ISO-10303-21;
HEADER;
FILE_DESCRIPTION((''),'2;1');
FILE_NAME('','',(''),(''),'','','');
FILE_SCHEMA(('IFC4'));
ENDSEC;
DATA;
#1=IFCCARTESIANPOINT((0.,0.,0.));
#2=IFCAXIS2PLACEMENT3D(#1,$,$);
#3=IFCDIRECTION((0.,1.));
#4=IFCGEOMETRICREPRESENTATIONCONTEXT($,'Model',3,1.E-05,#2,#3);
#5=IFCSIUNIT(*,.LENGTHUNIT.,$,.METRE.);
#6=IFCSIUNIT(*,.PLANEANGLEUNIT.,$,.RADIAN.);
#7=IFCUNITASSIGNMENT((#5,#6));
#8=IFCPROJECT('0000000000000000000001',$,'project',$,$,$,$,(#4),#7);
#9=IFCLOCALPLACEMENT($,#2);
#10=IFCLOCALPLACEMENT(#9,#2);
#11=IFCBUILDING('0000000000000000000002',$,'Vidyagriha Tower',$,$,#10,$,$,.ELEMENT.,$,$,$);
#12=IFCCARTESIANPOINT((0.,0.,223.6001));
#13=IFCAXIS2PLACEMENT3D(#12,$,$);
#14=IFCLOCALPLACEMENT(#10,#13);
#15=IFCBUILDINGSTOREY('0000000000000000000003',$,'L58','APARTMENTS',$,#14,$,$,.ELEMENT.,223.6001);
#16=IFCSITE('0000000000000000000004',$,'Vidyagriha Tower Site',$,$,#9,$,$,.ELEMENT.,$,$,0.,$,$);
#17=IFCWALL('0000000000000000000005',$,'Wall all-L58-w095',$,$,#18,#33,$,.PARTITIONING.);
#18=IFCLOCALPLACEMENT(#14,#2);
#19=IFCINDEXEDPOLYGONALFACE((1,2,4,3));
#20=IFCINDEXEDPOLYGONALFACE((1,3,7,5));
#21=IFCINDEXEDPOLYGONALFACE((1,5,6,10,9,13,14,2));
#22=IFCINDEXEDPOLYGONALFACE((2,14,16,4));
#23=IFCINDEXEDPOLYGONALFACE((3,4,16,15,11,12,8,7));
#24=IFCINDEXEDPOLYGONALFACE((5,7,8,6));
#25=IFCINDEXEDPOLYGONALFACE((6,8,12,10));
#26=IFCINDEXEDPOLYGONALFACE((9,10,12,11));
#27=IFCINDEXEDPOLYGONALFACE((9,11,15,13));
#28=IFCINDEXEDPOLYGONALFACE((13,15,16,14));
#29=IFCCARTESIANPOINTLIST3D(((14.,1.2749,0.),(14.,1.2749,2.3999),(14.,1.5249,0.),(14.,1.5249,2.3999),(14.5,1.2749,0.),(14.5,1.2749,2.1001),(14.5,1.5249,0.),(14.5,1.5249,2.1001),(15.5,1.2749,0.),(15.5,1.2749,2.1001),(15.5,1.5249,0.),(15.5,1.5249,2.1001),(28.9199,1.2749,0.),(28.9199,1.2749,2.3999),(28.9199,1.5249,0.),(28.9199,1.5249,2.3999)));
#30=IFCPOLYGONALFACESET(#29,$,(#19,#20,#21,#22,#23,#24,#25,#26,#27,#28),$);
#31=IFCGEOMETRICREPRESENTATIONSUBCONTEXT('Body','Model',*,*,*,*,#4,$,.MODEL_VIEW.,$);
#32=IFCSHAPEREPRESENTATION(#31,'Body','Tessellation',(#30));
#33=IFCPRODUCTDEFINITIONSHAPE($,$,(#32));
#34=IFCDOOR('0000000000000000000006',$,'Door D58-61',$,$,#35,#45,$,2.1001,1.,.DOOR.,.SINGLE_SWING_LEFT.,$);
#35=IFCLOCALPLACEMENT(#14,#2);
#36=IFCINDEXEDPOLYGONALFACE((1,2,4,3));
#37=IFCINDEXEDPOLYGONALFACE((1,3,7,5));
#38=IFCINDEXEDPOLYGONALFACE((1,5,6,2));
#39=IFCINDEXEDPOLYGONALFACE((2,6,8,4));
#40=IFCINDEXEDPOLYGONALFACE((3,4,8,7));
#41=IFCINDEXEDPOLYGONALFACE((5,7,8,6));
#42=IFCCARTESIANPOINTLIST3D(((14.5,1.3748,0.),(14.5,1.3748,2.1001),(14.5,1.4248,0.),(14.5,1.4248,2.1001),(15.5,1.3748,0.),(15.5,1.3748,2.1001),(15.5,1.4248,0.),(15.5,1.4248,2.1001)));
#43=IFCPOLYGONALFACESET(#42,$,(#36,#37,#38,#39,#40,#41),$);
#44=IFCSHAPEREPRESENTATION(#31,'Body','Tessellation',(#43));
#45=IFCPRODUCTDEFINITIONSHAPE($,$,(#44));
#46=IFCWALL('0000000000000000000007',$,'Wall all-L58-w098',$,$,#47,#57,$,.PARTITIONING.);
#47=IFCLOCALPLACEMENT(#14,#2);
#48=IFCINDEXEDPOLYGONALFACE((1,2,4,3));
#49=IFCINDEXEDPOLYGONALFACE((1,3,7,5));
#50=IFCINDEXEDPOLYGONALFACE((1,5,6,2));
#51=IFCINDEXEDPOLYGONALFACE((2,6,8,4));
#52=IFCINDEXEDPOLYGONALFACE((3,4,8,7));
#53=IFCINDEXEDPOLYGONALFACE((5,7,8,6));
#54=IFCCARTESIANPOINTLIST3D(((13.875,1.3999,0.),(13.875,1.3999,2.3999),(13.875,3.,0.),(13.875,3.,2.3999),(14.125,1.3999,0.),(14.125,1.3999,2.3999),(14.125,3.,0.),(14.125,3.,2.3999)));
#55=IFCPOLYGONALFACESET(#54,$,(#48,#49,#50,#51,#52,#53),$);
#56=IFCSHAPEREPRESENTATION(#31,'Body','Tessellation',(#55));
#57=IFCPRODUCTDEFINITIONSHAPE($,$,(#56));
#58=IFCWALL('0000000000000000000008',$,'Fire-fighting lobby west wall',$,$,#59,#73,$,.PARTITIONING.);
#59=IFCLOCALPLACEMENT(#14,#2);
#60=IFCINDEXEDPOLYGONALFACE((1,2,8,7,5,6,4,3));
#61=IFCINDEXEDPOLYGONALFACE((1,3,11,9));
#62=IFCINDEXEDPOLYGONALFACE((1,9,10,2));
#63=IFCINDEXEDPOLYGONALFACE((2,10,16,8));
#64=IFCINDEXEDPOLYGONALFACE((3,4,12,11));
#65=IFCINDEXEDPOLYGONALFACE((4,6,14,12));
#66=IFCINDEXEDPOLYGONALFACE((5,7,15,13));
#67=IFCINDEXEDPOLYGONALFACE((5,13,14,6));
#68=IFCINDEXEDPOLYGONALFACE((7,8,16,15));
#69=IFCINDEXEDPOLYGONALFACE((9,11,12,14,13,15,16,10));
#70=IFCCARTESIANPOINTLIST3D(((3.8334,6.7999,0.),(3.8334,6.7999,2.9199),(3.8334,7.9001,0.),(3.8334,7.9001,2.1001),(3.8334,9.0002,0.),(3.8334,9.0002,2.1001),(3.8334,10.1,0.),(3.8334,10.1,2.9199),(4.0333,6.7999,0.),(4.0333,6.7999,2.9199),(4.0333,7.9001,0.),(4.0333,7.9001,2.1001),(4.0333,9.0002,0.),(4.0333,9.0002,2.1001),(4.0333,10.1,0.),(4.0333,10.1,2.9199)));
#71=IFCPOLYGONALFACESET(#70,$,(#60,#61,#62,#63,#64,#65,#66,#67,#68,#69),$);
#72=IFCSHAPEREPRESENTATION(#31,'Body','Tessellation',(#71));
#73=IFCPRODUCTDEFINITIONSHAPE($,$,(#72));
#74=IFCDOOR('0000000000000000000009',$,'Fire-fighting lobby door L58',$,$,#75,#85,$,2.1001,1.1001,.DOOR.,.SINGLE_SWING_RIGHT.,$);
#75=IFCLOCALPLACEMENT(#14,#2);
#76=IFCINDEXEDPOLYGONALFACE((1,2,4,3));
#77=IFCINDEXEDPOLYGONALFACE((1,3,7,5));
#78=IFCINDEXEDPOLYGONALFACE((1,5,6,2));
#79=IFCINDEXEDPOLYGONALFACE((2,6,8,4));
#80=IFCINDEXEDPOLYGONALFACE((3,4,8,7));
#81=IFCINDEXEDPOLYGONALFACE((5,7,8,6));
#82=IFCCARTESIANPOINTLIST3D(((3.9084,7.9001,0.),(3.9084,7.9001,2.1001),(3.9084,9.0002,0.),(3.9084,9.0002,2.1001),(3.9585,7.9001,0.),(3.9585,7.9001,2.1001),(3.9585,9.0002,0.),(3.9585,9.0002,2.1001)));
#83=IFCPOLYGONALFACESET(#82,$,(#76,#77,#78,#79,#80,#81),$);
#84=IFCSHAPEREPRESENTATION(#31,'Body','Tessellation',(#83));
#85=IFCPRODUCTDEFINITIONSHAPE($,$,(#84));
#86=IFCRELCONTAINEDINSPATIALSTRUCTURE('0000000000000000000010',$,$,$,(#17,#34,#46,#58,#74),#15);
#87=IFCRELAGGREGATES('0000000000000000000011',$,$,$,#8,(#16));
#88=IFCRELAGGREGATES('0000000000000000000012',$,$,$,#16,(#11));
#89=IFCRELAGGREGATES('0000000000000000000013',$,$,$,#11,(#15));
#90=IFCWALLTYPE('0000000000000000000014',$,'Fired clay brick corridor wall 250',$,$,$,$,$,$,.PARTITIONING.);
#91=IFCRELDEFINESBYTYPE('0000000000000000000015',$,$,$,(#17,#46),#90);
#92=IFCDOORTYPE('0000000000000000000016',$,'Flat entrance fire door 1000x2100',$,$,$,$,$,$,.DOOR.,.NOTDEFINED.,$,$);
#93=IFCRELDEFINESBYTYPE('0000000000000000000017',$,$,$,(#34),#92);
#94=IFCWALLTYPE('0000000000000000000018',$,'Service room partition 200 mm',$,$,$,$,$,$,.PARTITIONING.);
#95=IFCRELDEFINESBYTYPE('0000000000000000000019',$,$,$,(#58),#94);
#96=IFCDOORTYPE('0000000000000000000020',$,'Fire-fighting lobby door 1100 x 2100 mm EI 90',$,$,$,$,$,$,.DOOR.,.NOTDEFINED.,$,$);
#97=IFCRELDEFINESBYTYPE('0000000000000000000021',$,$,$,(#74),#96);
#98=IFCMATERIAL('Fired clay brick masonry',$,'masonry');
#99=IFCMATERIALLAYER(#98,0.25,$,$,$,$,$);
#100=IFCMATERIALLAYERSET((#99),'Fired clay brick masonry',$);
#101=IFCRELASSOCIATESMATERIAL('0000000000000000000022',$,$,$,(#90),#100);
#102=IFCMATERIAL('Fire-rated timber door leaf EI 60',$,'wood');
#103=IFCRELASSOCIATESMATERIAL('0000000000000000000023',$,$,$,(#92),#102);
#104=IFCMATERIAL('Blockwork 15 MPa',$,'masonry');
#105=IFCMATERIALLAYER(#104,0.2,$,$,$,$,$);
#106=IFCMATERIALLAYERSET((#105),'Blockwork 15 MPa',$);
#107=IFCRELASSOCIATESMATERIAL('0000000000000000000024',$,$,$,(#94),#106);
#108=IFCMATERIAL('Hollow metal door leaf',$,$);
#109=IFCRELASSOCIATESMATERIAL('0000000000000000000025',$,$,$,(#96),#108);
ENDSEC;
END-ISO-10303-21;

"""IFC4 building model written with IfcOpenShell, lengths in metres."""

from ifc_helpers import new_model, si_unit, direction, frame, frame_2d, origin, place, context, subcontext, project, spatial, rectangle, extrude, material, layer, layer_set, type_object, element, fill, save


model = new_model("IFC4")

# Units and contexts
model_context = context("Model", 3, precision=1e-05, world=origin(), true_north=direction((0.0, 1.0)))
body_context = subcontext(model_context, "Body", "Model", "MODEL_VIEW")
ifc_project = project(units=[si_unit("LENGTHUNIT", "METRE"), si_unit("PLANEANGLEUNIT", "RADIAN")], contexts=[model_context])

# Site, building, storey
site_placement = place(None, origin())
site = spatial("IfcSite", under=ifc_project, at=site_placement, Name="Vidyagriha Tower Site", CompositionType="ELEMENT", RefElevation=0.0)
building_placement = place(site_placement, origin())
building = spatial("IfcBuilding", under=site, at=building_placement, Name="Vidyagriha Tower", CompositionType="ELEMENT")
storey_placement = place(building_placement, frame((0.0, 0.0, 223.6001)))
storey = spatial("IfcBuildingStorey", under=building, at=storey_placement, Name="L58", Description="APARTMENTS", CompositionType="ELEMENT", Elevation=223.6001)

# Wall, opening, door
ifc_material_1 = material(Name="Fired clay brick masonry", Category="masonry")
ifc_layer_1 = layer(ifc_material_1, 0.25)
ifc_layer_set_1 = layer_set([ifc_layer_1], Name="Fired clay brick masonry")
wall_type_1 = type_object("IfcWallType", Name="Fired clay brick corridor wall 250", PredefinedType="PARTITIONING", material=ifc_layer_set_1)
wall_1_placement = place(storey_placement, frame((14.0, 1.3999, 0.0)))
wall_1 = element("IfcWall", 1, at=wall_1_placement, inside=storey, type_object=wall_type_1, Name="Wall all-L58-w095", PredefinedType="PARTITIONING", context=body_context, shape_type="SweptSolid", body=[
    extrude(rectangle(XDim=14.9199, YDim=0.25, at=frame_2d((7.46, 0.0))), origin(), (0.0, 0.0, 1.0), 2.3999),
])
opening_1_placement = place(wall_1_placement, frame((0.5, 0.0, 0.0)))
opening_1 = element("IfcOpeningElement", 2, at=opening_1_placement, cuts=wall_1, PredefinedType="OPENING", context=body_context, shape_type="SweptSolid", body=[
    extrude(rectangle(XDim=1.0, YDim=2.1001, at=frame_2d((0.5, 1.05))), frame((0.0, 0.135, 0.0), z_axis=(0.0, -1.0, 0.0), x_axis=(1.0, 0.0, 0.0)), (0.0, 0.0, 1.0), 0.27),
])
ifc_material_2 = material(Name="Fire-rated timber door leaf EI 60", Category="wood")
door_type_1 = type_object("IfcDoorType", Name="Flat entrance fire door 1000x2100", OperationType="NOTDEFINED", PredefinedType="DOOR", material=ifc_material_2)
door_1_placement = place(opening_1_placement, origin())
door_1 = element("IfcDoor", 3, at=door_1_placement, inside=storey, type_object=door_type_1, Name="Door D58-61", OperationType="SINGLE_SWING_LEFT", OverallHeight=2.1001, OverallWidth=1.0, PredefinedType="DOOR", context=body_context, shape_type="SweptSolid", body=[
    extrude(rectangle(XDim=1.0, YDim=2.1001, at=frame_2d((0.5, 1.05))), frame((0.0, 0.0249, 0.0), z_axis=(0.0, -1.0, 0.0), x_axis=(1.0, 0.0, 0.0)), (0.0, 0.0, 1.0), 0.05),
])
fill(opening_1, door_1)

# Wall
wall_2_placement = place(storey_placement, frame((14.0, 1.3999, 0.0), z_axis=(0.0, 0.0, 1.0), x_axis=(0.0, 1.0, 0.0)))
element("IfcWall", 4, at=wall_2_placement, inside=storey, type_object=wall_type_1, Name="Wall all-L58-w098", PredefinedType="PARTITIONING", context=body_context, shape_type="SweptSolid", body=[
    extrude(rectangle(XDim=1.6001, YDim=0.25, at=frame_2d((0.8, 0.0))), origin(), (0.0, 0.0, 1.0), 2.3999),
])

# Wall, opening, door
ifc_material_3 = material(Name="Blockwork 15 MPa", Category="masonry")
ifc_layer_2 = layer(ifc_material_3, 0.2)
ifc_layer_set_2 = layer_set([ifc_layer_2], Name="Blockwork 15 MPa")
wall_type_2 = type_object("IfcWallType", Name="Service room partition 200 mm", PredefinedType="PARTITIONING", material=ifc_layer_set_2)
wall_3_placement = place(storey_placement, frame((3.9333, 6.8, 0.0), z_axis=(0.0, 0.0, 1.0), x_axis=(0.0, 1.0, 0.0)))
wall_3 = element("IfcWall", 5, at=wall_3_placement, inside=storey, type_object=wall_type_2, Name="Fire-fighting lobby west wall", PredefinedType="PARTITIONING", context=body_context, shape_type="SweptSolid", body=[
    extrude(rectangle(XDim=3.3, YDim=0.2, at=frame_2d((1.6499, 0.0))), origin(), (0.0, 0.0, 1.0), 2.9199),
])
opening_2_placement = place(wall_3_placement, frame((1.1001, 0.0, 0.0)))
opening_2 = element("IfcOpeningElement", 6, at=opening_2_placement, cuts=wall_3, PredefinedType="OPENING", context=body_context, shape_type="SweptSolid", body=[
    extrude(rectangle(XDim=1.1001, YDim=2.1001, at=frame_2d((0.55, 1.05))), frame((0.0, 0.1099, 0.0), z_axis=(0.0, -1.0, 0.0), x_axis=(1.0, 0.0, 0.0)), (0.0, 0.0, 1.0), 0.22),
])
ifc_material_4 = material(Name="Hollow metal door leaf")
door_type_2 = type_object("IfcDoorType", Name="Fire-fighting lobby door 1100 x 2100 mm EI 90", OperationType="NOTDEFINED", PredefinedType="DOOR", material=ifc_material_4)
door_2_placement = place(opening_2_placement, origin())
door_2 = element("IfcDoor", 7, at=door_2_placement, inside=storey, type_object=door_type_2, Name="Fire-fighting lobby door L58", OperationType="SINGLE_SWING_RIGHT", OverallHeight=2.1001, OverallWidth=1.1001, PredefinedType="DOOR", context=body_context, shape_type="SweptSolid", body=[
    extrude(rectangle(XDim=1.1001, YDim=2.1001, at=frame_2d((0.55, 1.05))), frame((0.0, 0.0249, 0.0), z_axis=(0.0, -1.0, 0.0), x_axis=(1.0, 0.0, 0.0)), (0.0, 0.0, 1.0), 0.05),
])
fill(opening_2, door_2)

save(model, "model.ifc")
